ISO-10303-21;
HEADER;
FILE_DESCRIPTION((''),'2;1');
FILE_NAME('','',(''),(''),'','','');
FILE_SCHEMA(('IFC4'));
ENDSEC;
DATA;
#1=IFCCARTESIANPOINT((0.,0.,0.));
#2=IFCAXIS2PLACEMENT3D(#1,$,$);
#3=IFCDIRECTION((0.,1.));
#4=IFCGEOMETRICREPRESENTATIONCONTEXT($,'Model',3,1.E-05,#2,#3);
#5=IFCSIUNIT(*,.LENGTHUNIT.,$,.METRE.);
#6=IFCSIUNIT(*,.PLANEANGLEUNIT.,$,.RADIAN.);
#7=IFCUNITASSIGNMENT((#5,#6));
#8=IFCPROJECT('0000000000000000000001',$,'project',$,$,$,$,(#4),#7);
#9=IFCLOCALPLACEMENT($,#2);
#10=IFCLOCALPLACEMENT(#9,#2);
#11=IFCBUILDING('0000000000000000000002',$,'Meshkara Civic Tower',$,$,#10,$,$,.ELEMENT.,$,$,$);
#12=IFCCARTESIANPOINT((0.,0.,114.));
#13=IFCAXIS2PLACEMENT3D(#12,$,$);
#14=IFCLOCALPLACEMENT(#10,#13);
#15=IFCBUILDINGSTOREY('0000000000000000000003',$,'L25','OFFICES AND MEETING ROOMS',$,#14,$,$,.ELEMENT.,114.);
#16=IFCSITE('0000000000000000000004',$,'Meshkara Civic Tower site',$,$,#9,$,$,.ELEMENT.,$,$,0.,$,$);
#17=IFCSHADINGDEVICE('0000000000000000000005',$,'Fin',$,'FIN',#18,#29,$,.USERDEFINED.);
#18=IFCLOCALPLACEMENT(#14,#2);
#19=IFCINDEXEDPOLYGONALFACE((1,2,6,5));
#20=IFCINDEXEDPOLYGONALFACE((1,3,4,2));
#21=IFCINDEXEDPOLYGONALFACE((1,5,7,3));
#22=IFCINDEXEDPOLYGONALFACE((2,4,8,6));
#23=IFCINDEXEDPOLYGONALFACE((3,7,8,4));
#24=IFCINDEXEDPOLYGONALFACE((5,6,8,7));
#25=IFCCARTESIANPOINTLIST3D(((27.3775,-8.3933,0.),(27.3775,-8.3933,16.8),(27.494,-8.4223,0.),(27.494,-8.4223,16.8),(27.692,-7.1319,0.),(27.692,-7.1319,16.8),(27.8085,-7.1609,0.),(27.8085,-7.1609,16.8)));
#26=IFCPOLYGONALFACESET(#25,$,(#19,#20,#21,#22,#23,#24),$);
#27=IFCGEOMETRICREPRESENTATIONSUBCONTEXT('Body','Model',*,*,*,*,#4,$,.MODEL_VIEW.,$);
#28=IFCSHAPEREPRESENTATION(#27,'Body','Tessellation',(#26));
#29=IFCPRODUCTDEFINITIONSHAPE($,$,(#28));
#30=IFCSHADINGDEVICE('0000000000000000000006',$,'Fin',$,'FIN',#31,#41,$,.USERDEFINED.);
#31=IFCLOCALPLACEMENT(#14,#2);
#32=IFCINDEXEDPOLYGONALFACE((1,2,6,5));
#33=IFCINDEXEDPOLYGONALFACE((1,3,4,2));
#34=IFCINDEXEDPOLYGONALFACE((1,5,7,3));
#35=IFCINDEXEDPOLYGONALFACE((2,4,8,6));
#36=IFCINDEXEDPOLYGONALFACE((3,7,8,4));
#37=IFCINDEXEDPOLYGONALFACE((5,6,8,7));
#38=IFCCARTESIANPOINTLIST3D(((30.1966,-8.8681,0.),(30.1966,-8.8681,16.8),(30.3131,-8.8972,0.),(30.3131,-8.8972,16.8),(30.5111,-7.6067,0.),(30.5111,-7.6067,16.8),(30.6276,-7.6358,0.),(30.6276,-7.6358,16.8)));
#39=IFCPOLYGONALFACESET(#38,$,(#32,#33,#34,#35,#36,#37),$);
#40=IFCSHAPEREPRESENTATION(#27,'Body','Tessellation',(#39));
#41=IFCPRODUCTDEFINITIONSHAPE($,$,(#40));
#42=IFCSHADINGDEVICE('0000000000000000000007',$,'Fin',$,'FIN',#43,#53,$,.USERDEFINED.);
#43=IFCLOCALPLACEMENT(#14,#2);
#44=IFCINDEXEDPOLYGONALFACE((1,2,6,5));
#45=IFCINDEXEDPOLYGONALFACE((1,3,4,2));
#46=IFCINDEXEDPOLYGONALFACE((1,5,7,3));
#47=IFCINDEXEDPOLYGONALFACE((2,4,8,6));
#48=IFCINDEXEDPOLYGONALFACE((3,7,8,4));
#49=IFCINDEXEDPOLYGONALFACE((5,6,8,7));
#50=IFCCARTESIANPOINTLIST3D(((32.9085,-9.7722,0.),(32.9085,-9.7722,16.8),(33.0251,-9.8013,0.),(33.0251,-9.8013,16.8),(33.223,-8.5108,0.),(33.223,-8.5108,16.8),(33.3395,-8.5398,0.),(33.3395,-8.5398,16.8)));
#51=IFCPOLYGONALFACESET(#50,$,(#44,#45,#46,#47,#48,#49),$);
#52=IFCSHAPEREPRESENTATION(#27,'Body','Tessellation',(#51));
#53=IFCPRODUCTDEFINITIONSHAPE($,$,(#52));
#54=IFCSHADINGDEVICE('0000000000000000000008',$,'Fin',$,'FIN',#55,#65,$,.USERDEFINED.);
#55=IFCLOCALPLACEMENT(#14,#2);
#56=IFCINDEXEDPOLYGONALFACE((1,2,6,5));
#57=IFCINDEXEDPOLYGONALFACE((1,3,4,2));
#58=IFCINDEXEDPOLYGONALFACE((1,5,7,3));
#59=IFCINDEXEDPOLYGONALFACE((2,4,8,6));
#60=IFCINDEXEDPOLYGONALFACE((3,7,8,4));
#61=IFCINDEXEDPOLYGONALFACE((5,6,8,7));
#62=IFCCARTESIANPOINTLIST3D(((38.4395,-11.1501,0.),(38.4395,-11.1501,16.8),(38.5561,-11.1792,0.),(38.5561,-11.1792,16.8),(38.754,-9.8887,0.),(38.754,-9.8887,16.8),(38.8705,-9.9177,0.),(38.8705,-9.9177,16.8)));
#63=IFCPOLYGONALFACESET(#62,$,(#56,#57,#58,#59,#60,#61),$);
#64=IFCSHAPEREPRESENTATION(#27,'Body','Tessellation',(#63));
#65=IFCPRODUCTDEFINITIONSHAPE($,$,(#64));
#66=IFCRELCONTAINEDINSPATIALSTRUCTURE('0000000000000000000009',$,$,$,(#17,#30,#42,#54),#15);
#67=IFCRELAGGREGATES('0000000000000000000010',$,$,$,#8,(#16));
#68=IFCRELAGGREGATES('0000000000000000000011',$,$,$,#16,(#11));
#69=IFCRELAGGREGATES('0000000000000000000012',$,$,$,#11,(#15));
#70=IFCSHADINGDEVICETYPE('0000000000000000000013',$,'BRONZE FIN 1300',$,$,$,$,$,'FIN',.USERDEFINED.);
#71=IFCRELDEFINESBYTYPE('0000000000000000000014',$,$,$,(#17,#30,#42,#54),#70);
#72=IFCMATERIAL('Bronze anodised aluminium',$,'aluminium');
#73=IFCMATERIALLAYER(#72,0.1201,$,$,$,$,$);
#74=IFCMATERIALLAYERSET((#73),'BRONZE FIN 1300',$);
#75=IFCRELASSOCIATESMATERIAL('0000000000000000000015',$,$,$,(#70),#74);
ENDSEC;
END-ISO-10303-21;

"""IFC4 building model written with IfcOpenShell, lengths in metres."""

from ifc_helpers import new_model, si_unit, direction, frame, origin, origin_2d, place, context, subcontext, project, spatial, rectangle, extrude, material, layer, layer_set, type_object, element, save


model = new_model("IFC4")

# Units and contexts
model_context = context("Model", 3, precision=1e-05, world=origin(), true_north=direction((0.0, 1.0)))
body_context = subcontext(model_context, "Body", "Model", "MODEL_VIEW")
ifc_project = project(units=[si_unit("LENGTHUNIT", "METRE"), si_unit("PLANEANGLEUNIT", "RADIAN")], contexts=[model_context])

# Site, building, storey
site_placement = place(None, origin())
site = spatial("IfcSite", under=ifc_project, at=site_placement, Name="Meshkara Civic Tower site", CompositionType="ELEMENT", RefElevation=0.0)
building_placement = place(site_placement, origin())
building = spatial("IfcBuilding", under=site, at=building_placement, Name="Meshkara Civic Tower", CompositionType="ELEMENT")
storey_placement = place(building_placement, frame((0.0, 0.0, 114.0)))
storey = spatial("IfcBuildingStorey", under=building, at=storey_placement, Name="L25", Description="OFFICES AND MEETING ROOMS", CompositionType="ELEMENT", Elevation=114.0)

# Shading devices
ifc_material_1 = material(Name="Bronze anodised aluminium", Category="aluminium")
ifc_layer_1 = layer(ifc_material_1, 0.1201)
ifc_layer_set_1 = layer_set([ifc_layer_1], Name="BRONZE FIN 1300")
shading_device_type = type_object("IfcShadingDeviceType", Name="BRONZE FIN 1300", ElementType="FIN", PredefinedType="USERDEFINED", material=ifc_layer_set_1)
for number, where, z_axis, x_axis, name in (
    (1, (27.593, -7.7771, 0.0), (0.0, 0.0, 1.0), (0.9703, -0.241905, 0.0), "Fin"),
    (2, (30.4121, -8.252, 0.0), (0.0, 0.0, 1.0), (0.9703, -0.241905, 0.0), "Fin"),
    (3, (33.124, -9.156, 0.0), (0.0, 0.0, 1.0), (0.9703, -0.241905, 0.0), "Fin"),
    (4, (38.655, -10.5339, 0.0), (0.0, 0.0, 1.0), (0.9703, -0.241905, 0.0), "Fin"),
):
    element("IfcShadingDevice", number, at=place(storey_placement, frame(where, z_axis=z_axis, x_axis=x_axis)), inside=storey, type_object=shading_device_type, Name=name, ObjectType="FIN", PredefinedType="USERDEFINED", context=body_context, shape_type="SweptSolid", body=[
        extrude(rectangle(XDim=0.1201, YDim=1.3, at=origin_2d()), origin(), (0.0, 0.0, 1.0), 16.8),
    ])

save(model, "model.ifc")
